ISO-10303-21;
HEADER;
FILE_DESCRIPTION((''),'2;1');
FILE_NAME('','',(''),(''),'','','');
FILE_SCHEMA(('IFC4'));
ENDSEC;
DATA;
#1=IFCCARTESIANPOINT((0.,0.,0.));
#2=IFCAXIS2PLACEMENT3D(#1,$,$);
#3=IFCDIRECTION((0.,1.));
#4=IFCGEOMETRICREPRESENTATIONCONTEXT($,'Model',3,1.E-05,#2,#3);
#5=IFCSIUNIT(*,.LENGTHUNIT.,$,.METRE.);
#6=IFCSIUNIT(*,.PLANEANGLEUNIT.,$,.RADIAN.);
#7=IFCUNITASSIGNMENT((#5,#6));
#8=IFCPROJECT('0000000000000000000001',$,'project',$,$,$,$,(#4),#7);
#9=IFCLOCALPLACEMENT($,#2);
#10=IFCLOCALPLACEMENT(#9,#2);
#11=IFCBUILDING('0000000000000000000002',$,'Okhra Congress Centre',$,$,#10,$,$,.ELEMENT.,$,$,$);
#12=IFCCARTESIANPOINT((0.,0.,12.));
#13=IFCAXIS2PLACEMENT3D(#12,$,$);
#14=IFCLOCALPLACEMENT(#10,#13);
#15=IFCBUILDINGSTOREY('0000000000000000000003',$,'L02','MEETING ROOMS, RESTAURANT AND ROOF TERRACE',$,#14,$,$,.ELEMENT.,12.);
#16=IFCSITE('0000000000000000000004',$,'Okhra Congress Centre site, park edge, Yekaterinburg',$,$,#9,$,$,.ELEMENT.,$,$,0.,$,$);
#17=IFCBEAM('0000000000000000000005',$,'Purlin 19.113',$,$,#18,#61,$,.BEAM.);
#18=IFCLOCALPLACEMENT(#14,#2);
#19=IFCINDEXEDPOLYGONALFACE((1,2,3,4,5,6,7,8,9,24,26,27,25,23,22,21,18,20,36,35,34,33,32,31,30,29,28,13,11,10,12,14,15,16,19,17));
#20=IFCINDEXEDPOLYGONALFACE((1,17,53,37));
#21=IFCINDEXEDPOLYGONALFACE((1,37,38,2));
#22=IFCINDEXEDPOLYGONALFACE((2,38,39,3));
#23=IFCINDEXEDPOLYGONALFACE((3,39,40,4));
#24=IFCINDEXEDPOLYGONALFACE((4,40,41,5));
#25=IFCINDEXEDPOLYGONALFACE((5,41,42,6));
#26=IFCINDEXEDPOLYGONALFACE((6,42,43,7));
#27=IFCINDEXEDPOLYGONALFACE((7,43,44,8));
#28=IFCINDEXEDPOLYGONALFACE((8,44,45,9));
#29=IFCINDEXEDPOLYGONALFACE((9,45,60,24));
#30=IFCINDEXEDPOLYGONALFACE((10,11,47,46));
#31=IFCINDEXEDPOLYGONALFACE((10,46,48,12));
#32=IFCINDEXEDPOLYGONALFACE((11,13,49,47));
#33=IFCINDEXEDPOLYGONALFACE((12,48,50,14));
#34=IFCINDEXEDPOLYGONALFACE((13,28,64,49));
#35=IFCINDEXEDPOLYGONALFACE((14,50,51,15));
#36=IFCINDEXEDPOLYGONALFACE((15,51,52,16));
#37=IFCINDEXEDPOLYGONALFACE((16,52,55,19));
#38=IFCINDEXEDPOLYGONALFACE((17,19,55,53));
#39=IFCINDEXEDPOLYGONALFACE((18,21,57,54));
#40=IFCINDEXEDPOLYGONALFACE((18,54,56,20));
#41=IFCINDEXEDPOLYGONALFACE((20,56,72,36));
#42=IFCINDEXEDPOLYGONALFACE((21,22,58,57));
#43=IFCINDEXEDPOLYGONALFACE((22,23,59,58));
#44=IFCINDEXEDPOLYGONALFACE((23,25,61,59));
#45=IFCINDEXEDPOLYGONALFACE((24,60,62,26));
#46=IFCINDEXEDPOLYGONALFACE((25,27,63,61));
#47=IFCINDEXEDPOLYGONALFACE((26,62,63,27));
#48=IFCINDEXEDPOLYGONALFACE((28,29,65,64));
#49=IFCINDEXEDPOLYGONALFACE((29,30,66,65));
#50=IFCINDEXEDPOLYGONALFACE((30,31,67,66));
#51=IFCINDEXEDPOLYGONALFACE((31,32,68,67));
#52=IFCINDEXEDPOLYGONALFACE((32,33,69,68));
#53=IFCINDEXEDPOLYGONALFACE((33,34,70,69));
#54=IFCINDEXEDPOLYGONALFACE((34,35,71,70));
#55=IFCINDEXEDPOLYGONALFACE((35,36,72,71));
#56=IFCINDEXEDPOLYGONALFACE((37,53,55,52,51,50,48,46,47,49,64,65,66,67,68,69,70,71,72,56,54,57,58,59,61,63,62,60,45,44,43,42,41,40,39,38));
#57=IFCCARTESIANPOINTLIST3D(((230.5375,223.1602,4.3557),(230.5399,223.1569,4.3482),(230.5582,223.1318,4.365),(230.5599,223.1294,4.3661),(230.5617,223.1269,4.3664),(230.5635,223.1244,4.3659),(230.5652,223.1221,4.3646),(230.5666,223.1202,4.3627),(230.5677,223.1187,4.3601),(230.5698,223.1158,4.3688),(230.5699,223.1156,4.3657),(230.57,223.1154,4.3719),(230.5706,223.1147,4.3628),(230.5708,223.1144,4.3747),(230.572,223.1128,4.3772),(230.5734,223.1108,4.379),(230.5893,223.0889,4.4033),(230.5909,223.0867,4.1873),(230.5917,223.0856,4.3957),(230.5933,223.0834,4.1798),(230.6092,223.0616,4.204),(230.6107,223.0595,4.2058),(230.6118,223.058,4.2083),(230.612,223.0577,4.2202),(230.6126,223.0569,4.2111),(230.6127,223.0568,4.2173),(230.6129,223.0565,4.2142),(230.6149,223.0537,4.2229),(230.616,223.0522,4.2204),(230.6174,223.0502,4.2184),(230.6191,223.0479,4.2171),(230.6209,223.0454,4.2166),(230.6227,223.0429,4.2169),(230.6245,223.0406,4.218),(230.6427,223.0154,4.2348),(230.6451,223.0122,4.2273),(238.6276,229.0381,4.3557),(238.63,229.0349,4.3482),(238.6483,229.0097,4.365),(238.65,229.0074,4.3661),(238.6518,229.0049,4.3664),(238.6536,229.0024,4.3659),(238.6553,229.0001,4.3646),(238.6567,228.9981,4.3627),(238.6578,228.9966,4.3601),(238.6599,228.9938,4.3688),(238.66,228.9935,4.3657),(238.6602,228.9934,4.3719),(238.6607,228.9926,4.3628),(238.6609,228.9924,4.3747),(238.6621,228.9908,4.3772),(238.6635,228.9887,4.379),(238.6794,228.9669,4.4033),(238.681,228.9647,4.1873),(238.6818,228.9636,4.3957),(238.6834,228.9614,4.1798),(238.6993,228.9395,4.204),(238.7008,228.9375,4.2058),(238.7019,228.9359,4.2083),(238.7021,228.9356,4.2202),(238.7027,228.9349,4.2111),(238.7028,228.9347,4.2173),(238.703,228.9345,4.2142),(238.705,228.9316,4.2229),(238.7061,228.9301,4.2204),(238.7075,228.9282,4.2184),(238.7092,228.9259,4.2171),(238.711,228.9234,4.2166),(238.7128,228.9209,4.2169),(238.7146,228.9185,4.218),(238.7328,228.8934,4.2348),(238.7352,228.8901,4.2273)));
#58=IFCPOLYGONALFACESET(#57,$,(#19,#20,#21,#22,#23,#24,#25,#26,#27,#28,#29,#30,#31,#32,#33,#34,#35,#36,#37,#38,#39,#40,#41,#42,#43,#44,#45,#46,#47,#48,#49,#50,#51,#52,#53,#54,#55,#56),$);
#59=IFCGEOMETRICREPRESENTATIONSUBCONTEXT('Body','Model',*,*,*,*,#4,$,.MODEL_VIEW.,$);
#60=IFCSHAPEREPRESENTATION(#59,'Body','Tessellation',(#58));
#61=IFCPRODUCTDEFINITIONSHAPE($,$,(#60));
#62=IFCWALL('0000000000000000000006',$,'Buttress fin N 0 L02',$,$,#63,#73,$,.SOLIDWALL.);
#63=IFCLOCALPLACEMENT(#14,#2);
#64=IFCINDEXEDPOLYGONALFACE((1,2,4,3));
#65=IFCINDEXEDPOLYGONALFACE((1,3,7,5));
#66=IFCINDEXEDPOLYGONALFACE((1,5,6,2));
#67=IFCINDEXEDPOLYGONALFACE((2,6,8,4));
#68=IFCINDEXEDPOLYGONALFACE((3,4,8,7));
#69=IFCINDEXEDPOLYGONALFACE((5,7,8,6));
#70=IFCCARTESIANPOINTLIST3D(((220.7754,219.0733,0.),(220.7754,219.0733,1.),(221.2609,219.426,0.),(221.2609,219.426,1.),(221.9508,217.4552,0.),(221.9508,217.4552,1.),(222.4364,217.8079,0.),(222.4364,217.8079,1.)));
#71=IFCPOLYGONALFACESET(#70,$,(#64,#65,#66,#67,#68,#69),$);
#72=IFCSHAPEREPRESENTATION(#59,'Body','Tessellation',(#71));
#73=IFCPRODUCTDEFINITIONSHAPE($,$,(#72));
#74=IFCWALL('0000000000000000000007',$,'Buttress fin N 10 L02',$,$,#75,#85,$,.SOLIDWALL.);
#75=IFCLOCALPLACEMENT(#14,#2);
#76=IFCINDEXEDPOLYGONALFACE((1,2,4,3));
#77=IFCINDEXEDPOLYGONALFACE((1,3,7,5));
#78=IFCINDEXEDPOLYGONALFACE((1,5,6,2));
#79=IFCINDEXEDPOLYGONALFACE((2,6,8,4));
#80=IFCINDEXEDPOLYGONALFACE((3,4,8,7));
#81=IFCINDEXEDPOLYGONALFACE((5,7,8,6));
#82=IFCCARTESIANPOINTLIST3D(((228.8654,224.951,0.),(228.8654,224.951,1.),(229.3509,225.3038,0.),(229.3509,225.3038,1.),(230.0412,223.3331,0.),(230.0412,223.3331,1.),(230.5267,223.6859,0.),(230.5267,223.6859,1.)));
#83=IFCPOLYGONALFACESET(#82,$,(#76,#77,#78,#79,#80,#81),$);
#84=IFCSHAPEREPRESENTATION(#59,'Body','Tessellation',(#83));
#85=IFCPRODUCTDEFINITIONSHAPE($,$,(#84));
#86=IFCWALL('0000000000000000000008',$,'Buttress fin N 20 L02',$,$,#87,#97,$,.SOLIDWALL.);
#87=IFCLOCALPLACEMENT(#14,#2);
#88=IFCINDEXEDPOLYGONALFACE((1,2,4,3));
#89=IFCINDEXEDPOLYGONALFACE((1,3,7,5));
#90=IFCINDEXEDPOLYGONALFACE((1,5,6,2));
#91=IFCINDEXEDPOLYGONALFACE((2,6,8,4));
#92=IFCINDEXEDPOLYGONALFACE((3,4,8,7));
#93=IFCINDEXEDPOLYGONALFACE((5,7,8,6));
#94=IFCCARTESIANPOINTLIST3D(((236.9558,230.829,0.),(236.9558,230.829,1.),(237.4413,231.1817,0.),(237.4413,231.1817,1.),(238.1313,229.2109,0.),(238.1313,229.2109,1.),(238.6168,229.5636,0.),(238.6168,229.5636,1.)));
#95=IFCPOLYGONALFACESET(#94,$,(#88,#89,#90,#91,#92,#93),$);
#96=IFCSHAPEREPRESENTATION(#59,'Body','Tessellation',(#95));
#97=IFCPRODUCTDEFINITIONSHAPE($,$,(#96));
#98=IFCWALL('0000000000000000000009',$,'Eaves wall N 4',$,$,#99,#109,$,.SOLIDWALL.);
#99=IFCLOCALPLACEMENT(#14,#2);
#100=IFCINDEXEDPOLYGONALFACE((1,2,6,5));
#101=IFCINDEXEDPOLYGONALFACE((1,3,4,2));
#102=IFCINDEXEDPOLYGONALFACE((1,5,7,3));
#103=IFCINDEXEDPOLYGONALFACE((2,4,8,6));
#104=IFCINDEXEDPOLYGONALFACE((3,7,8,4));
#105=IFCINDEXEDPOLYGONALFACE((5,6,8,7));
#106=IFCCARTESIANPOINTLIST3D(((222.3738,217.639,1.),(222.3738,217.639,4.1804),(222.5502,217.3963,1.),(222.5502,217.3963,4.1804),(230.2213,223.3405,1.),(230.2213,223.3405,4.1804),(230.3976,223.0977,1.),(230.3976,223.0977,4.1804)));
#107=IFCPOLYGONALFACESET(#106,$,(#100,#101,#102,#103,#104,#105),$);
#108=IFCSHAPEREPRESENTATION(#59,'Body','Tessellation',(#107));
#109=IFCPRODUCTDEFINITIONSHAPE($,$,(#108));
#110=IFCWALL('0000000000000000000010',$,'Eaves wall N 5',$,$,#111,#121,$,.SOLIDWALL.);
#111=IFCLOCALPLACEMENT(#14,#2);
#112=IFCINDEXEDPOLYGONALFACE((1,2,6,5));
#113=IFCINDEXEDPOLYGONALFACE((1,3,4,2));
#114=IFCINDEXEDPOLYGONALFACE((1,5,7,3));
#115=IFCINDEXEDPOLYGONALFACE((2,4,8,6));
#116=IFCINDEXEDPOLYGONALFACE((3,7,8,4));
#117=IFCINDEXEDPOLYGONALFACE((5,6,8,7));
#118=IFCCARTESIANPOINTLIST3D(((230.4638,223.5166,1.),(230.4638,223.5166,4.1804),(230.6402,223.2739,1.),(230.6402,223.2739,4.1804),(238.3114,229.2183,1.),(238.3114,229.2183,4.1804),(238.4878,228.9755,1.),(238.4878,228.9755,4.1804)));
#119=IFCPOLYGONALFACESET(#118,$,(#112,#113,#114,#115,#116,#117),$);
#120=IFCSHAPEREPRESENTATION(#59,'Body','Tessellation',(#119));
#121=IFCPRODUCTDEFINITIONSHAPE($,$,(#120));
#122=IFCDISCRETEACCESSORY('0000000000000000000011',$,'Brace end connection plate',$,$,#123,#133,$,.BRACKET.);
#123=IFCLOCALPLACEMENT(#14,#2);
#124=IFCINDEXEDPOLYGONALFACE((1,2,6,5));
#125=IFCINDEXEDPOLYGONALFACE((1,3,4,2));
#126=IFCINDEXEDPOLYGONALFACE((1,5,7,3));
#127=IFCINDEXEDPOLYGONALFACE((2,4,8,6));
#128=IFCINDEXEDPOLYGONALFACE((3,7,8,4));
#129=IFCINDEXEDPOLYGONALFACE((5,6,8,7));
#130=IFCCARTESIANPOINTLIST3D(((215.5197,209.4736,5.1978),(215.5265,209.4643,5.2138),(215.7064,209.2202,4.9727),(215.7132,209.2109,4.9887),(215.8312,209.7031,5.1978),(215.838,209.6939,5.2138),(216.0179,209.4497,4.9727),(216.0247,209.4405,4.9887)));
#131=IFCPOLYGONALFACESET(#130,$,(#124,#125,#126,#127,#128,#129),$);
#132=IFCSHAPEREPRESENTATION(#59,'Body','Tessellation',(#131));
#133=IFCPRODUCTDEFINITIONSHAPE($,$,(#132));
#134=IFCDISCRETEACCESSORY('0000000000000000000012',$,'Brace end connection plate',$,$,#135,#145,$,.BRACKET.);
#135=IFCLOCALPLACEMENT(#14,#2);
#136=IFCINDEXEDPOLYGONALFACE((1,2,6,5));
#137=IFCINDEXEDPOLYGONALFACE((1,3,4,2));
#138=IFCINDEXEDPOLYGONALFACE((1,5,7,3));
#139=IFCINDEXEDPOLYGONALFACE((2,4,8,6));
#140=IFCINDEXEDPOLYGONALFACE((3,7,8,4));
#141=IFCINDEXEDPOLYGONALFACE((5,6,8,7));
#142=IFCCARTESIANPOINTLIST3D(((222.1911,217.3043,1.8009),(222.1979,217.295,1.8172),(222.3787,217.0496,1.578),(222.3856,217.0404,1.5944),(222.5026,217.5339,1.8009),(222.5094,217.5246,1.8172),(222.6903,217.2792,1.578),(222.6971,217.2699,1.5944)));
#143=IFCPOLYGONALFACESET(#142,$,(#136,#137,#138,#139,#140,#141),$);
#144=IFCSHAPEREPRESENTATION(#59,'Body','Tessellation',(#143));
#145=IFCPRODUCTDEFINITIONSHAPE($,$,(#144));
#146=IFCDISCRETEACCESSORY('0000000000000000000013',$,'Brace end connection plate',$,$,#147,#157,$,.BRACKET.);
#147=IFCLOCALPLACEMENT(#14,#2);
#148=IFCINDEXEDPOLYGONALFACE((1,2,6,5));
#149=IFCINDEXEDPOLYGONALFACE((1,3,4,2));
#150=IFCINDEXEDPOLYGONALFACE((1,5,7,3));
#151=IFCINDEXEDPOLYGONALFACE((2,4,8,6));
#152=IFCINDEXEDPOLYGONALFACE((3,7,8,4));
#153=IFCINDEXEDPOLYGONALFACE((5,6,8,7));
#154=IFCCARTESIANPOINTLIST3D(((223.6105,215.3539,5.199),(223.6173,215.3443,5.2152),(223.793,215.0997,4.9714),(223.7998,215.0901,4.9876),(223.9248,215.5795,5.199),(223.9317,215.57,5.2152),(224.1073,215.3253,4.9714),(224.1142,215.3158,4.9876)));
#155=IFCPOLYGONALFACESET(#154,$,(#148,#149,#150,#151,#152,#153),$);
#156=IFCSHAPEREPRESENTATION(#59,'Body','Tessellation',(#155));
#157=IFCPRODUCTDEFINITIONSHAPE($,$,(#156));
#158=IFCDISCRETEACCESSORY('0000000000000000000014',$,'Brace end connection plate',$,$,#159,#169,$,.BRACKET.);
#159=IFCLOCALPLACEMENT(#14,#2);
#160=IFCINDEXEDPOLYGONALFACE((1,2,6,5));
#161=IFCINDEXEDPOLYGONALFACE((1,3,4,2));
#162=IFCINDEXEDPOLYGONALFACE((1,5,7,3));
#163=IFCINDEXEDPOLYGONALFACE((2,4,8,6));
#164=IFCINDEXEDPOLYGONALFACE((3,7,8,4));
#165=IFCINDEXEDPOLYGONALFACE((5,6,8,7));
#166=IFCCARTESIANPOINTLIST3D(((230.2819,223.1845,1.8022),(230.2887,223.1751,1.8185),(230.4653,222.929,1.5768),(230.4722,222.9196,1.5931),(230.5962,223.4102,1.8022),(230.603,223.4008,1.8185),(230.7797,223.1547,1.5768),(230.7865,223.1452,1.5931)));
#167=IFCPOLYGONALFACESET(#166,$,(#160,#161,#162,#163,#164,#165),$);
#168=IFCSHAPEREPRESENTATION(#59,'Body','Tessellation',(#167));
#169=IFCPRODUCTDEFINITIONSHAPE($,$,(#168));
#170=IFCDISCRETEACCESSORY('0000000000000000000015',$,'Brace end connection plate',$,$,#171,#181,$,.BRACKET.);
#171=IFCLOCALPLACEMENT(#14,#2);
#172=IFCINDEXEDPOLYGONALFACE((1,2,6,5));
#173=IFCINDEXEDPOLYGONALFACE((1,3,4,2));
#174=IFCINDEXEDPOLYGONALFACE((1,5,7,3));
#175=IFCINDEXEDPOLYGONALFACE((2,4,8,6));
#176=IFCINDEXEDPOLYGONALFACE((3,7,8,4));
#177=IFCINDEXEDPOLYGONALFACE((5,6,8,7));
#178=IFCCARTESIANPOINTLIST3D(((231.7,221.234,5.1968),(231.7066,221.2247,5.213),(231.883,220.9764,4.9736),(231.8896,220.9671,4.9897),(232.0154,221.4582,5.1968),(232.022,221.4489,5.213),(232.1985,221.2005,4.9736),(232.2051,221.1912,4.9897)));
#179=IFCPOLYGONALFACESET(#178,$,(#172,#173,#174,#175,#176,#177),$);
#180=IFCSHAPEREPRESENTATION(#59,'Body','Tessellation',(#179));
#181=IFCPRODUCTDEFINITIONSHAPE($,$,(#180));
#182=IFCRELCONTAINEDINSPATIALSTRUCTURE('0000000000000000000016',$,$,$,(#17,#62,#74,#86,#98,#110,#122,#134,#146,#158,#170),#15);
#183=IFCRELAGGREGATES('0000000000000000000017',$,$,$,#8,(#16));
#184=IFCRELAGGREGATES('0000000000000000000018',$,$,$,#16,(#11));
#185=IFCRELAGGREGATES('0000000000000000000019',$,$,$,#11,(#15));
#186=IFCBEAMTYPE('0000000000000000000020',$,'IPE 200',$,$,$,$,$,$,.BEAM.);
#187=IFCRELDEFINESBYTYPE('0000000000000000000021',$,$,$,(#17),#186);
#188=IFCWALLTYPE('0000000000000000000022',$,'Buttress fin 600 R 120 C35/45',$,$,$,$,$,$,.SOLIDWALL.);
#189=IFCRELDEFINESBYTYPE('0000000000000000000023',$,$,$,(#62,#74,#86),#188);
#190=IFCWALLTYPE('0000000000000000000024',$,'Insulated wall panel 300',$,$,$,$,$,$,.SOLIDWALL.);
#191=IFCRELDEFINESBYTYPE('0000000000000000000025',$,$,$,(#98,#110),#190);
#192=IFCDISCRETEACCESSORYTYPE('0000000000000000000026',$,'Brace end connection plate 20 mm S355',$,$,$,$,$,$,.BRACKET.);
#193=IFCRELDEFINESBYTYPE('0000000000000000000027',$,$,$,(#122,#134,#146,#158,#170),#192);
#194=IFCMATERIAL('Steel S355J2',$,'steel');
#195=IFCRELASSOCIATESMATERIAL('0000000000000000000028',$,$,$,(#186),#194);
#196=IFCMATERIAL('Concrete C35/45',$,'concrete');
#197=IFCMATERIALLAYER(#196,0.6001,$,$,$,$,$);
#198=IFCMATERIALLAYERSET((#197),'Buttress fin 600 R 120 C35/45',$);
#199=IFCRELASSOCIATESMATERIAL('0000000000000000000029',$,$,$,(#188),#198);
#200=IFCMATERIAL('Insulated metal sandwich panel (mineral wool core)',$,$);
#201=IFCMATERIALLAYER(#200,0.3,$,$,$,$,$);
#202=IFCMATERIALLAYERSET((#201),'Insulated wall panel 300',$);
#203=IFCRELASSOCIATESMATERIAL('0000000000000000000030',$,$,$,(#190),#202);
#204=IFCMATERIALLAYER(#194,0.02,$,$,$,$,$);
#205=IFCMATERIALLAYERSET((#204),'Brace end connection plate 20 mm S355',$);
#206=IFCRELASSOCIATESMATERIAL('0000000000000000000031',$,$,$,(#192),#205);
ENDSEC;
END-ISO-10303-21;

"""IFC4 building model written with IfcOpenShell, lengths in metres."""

from ifc_helpers import new_model, si_unit, direction, frame, frame_2d, origin, origin_2d, place, context, subcontext, project, spatial, rectangle, i_section, extrude, material, layer, layer_set, material_profile, profile_set, type_object, element, save


model = new_model("IFC4")

# Units and contexts
model_context = context("Model", 3, precision=1e-05, world=origin(), true_north=direction((0.0, 1.0)))
body_context = subcontext(model_context, "Body", "Model", "MODEL_VIEW")
ifc_project = project(units=[si_unit("LENGTHUNIT", "METRE"), si_unit("PLANEANGLEUNIT", "RADIAN")], contexts=[model_context])

# Site, building, storey
site_placement = place(None, origin())
site = spatial("IfcSite", under=ifc_project, at=site_placement, Name="Okhra Congress Centre site, park edge, Yekaterinburg", CompositionType="ELEMENT", RefElevation=0.0)
building_placement = place(site_placement, origin())
building = spatial("IfcBuilding", under=site, at=building_placement, Name="Okhra Congress Centre", CompositionType="ELEMENT")
storey_placement = place(building_placement, frame((0.0, 0.0, 12.0)))
storey = spatial("IfcBuildingStorey", under=building, at=storey_placement, Name="L02", Description="MEETING ROOMS, RESTAURANT AND ROOF TERRACE", CompositionType="ELEMENT", Elevation=12.0)

# Beam
ifc_material_1 = material(Name="Steel S355J2", Category="steel")
ifc_material_profile_1 = material_profile(ifc_material_1, i_section(OverallWidth=0.1001, OverallDepth=0.2, WebThickness=0.0056, FlangeThickness=0.0085, FilletRadius=0.012, at=origin_2d()), Name="IPE 200")
ifc_profile_set_1 = profile_set([ifc_material_profile_1], Name="Steel S355J2")
beam_type = type_object("IfcBeamType", Name="IPE 200", PredefinedType="BEAM", material=ifc_profile_set_1)
for number, where, z_axis, x_axis, name in (
    (1, (230.5913, 223.0862, 4.2915), (0.80901, 0.587794, 0.0), (-0.517377, 0.712092, -0.4746), "Purlin 19.113"),
):
    element("IfcBeam", number, at=place(storey_placement, frame(where, z_axis=z_axis, x_axis=x_axis)), inside=storey, type_object=beam_type, Name=name, PredefinedType="BEAM", context=body_context, shape_type="SweptSolid", body=[
        extrude(i_section(OverallWidth=0.1001, OverallDepth=0.2, WebThickness=0.0056, FlangeThickness=0.0085, FilletRadius=0.012, at=origin_2d()), origin(), (0.0, 0.0, 1.0), 10.0),
    ])

# Walls
ifc_material_2 = material(Name="Concrete C35/45", Category="concrete")
ifc_layer_1 = layer(ifc_material_2, 0.6001)
ifc_layer_set_1 = layer_set([ifc_layer_1], Name="Buttress fin 600 R 120 C35/45")
wall_type_1 = type_object("IfcWallType", Name="Buttress fin 600 R 120 C35/45", PredefinedType="SOLIDWALL", material=ifc_layer_set_1)
for number, where, z_axis, x_axis, name in (
    (2, (222.1936, 217.6316, 0.0), (0.0, 0.0, 1.0), (-0.587743, 0.809047, 0.0), "Buttress fin N 0 L02"),
    (3, (230.2839, 223.5095, 0.0), (0.0, 0.0, 1.0), (-0.587881, 0.808947, 0.0), "Buttress fin N 10 L02"),
    (4, (238.374, 229.3872, 0.0), (0.0, 0.0, 1.0), (-0.587743, 0.809047, 0.0), "Buttress fin N 20 L02"),
):
    element("IfcWall", number, at=place(storey_placement, frame(where, z_axis=z_axis, x_axis=x_axis)), inside=storey, type_object=wall_type_1, Name=name, PredefinedType="SOLIDWALL", context=body_context, shape_type="SweptSolid", body=[
        extrude(rectangle(XDim=2.0, YDim=0.6001, at=frame_2d((1.0, 0.0))), origin(), (0.0, 0.0, 1.0), 1.0),
    ])
ifc_material_3 = material(Name="Insulated metal sandwich panel (mineral wool core)")
ifc_layer_2 = layer(ifc_material_3, 0.3)
ifc_layer_set_2 = layer_set([ifc_layer_2], Name="Insulated wall panel 300")
wall_type_2 = type_object("IfcWallType", Name="Insulated wall panel 300", PredefinedType="SOLIDWALL", material=ifc_layer_set_2)
wall_1_placement = place(storey_placement, frame((222.4619, 217.5176, 1.0), z_axis=(0.0, 0.0, 1.0), x_axis=(0.80902, 0.587781, 0.0)))
element("IfcWall", 5, at=wall_1_placement, inside=storey, type_object=wall_type_2, Name="Eaves wall N 4", PredefinedType="SOLIDWALL", context=body_context, shape_type="SweptSolid", body=[
    extrude(rectangle(XDim=9.7, YDim=0.3, at=frame_2d((4.8501, 0.0))), origin(), (0.0, 0.0, 1.0), 3.1804),
])
wall_2_placement = place(storey_placement, frame((230.552, 223.3953, 1.0), z_axis=(0.0, 0.0, 1.0), x_axis=(0.809017, 0.587786, 0.0)))
element("IfcWall", 6, at=wall_2_placement, inside=storey, type_object=wall_type_2, Name="Eaves wall N 5", PredefinedType="SOLIDWALL", context=body_context, shape_type="SweptSolid", body=[
    extrude(rectangle(XDim=9.7002, YDim=0.3, at=frame_2d((4.8501, 0.0))), origin(), (0.0, 0.0, 1.0), 3.1804),
])

# Discrete accessories
ifc_layer_3 = layer(ifc_material_1, 0.02)
ifc_layer_set_3 = layer_set([ifc_layer_3], Name="Brace end connection plate 20 mm S355")
discrete_accessory_type = type_object("IfcDiscreteAccessoryType", Name="Brace end connection plate 20 mm S355", PredefinedType="BRACKET", material=ifc_layer_set_3)
discrete_accessory_1_placement = place(storey_placement, frame((215.7688, 209.4617, 5.0852), z_axis=(0.345075, -0.468316, 0.81339), x_axis=(0.805056, 0.593199, 0.0)))
element("IfcDiscreteAccessory", 7, at=discrete_accessory_1_placement, inside=storey, type_object=discrete_accessory_type, Name="Brace end connection plate", PredefinedType="BRACKET", context=body_context, shape_type="SweptSolid", body=[
    extrude(rectangle(XDim=0.387, YDim=0.387, at=origin_2d()), origin(), (0.0, 0.0, 1.0), 0.0198),
])
for number, where, z_axis, x_axis, name in (
    (8, (222.4475, 217.2825, 1.7058), (-0.341641, 0.463656, -0.817499), (-0.805056, -0.593199, 0.0), "Brace end connection plate"),
    (9, (223.8589, 215.3396, 5.0852), (0.343074, -0.477854, 0.808675), (0.812324, 0.583207, 0.0), "Brace end connection plate"),
    (10, (230.5376, 223.1602, 1.7058), (-0.3397, 0.473153, -0.812853), (-0.812324, -0.583207, 0.0), "Brace end connection plate"),
):
    element("IfcDiscreteAccessory", number, at=place(storey_placement, frame(where, z_axis=z_axis, x_axis=x_axis)), inside=storey, type_object=discrete_accessory_type, Name=name, PredefinedType="BRACKET", context=body_context, shape_type="SweptSolid", body=[
        extrude(rectangle(XDim=0.387, YDim=0.387, at=origin_2d()), origin(), (0.0, 0.0, 1.0), 0.02),
    ])
discrete_accessory_2_placement = place(storey_placement, frame((231.9492, 221.2173, 5.0852), z_axis=(0.334149, -0.470284, 0.816809), x_axis=(0.81518, 0.579207, 0.0)))
element("IfcDiscreteAccessory", 11, at=discrete_accessory_2_placement, inside=storey, type_object=discrete_accessory_type, Name="Brace end connection plate", PredefinedType="BRACKET", context=body_context, shape_type="SweptSolid", body=[
    extrude(rectangle(XDim=0.387, YDim=0.387, at=origin_2d()), origin(), (0.0, 0.0, 1.0), 0.0198),
])

save(model, "model.ifc")
